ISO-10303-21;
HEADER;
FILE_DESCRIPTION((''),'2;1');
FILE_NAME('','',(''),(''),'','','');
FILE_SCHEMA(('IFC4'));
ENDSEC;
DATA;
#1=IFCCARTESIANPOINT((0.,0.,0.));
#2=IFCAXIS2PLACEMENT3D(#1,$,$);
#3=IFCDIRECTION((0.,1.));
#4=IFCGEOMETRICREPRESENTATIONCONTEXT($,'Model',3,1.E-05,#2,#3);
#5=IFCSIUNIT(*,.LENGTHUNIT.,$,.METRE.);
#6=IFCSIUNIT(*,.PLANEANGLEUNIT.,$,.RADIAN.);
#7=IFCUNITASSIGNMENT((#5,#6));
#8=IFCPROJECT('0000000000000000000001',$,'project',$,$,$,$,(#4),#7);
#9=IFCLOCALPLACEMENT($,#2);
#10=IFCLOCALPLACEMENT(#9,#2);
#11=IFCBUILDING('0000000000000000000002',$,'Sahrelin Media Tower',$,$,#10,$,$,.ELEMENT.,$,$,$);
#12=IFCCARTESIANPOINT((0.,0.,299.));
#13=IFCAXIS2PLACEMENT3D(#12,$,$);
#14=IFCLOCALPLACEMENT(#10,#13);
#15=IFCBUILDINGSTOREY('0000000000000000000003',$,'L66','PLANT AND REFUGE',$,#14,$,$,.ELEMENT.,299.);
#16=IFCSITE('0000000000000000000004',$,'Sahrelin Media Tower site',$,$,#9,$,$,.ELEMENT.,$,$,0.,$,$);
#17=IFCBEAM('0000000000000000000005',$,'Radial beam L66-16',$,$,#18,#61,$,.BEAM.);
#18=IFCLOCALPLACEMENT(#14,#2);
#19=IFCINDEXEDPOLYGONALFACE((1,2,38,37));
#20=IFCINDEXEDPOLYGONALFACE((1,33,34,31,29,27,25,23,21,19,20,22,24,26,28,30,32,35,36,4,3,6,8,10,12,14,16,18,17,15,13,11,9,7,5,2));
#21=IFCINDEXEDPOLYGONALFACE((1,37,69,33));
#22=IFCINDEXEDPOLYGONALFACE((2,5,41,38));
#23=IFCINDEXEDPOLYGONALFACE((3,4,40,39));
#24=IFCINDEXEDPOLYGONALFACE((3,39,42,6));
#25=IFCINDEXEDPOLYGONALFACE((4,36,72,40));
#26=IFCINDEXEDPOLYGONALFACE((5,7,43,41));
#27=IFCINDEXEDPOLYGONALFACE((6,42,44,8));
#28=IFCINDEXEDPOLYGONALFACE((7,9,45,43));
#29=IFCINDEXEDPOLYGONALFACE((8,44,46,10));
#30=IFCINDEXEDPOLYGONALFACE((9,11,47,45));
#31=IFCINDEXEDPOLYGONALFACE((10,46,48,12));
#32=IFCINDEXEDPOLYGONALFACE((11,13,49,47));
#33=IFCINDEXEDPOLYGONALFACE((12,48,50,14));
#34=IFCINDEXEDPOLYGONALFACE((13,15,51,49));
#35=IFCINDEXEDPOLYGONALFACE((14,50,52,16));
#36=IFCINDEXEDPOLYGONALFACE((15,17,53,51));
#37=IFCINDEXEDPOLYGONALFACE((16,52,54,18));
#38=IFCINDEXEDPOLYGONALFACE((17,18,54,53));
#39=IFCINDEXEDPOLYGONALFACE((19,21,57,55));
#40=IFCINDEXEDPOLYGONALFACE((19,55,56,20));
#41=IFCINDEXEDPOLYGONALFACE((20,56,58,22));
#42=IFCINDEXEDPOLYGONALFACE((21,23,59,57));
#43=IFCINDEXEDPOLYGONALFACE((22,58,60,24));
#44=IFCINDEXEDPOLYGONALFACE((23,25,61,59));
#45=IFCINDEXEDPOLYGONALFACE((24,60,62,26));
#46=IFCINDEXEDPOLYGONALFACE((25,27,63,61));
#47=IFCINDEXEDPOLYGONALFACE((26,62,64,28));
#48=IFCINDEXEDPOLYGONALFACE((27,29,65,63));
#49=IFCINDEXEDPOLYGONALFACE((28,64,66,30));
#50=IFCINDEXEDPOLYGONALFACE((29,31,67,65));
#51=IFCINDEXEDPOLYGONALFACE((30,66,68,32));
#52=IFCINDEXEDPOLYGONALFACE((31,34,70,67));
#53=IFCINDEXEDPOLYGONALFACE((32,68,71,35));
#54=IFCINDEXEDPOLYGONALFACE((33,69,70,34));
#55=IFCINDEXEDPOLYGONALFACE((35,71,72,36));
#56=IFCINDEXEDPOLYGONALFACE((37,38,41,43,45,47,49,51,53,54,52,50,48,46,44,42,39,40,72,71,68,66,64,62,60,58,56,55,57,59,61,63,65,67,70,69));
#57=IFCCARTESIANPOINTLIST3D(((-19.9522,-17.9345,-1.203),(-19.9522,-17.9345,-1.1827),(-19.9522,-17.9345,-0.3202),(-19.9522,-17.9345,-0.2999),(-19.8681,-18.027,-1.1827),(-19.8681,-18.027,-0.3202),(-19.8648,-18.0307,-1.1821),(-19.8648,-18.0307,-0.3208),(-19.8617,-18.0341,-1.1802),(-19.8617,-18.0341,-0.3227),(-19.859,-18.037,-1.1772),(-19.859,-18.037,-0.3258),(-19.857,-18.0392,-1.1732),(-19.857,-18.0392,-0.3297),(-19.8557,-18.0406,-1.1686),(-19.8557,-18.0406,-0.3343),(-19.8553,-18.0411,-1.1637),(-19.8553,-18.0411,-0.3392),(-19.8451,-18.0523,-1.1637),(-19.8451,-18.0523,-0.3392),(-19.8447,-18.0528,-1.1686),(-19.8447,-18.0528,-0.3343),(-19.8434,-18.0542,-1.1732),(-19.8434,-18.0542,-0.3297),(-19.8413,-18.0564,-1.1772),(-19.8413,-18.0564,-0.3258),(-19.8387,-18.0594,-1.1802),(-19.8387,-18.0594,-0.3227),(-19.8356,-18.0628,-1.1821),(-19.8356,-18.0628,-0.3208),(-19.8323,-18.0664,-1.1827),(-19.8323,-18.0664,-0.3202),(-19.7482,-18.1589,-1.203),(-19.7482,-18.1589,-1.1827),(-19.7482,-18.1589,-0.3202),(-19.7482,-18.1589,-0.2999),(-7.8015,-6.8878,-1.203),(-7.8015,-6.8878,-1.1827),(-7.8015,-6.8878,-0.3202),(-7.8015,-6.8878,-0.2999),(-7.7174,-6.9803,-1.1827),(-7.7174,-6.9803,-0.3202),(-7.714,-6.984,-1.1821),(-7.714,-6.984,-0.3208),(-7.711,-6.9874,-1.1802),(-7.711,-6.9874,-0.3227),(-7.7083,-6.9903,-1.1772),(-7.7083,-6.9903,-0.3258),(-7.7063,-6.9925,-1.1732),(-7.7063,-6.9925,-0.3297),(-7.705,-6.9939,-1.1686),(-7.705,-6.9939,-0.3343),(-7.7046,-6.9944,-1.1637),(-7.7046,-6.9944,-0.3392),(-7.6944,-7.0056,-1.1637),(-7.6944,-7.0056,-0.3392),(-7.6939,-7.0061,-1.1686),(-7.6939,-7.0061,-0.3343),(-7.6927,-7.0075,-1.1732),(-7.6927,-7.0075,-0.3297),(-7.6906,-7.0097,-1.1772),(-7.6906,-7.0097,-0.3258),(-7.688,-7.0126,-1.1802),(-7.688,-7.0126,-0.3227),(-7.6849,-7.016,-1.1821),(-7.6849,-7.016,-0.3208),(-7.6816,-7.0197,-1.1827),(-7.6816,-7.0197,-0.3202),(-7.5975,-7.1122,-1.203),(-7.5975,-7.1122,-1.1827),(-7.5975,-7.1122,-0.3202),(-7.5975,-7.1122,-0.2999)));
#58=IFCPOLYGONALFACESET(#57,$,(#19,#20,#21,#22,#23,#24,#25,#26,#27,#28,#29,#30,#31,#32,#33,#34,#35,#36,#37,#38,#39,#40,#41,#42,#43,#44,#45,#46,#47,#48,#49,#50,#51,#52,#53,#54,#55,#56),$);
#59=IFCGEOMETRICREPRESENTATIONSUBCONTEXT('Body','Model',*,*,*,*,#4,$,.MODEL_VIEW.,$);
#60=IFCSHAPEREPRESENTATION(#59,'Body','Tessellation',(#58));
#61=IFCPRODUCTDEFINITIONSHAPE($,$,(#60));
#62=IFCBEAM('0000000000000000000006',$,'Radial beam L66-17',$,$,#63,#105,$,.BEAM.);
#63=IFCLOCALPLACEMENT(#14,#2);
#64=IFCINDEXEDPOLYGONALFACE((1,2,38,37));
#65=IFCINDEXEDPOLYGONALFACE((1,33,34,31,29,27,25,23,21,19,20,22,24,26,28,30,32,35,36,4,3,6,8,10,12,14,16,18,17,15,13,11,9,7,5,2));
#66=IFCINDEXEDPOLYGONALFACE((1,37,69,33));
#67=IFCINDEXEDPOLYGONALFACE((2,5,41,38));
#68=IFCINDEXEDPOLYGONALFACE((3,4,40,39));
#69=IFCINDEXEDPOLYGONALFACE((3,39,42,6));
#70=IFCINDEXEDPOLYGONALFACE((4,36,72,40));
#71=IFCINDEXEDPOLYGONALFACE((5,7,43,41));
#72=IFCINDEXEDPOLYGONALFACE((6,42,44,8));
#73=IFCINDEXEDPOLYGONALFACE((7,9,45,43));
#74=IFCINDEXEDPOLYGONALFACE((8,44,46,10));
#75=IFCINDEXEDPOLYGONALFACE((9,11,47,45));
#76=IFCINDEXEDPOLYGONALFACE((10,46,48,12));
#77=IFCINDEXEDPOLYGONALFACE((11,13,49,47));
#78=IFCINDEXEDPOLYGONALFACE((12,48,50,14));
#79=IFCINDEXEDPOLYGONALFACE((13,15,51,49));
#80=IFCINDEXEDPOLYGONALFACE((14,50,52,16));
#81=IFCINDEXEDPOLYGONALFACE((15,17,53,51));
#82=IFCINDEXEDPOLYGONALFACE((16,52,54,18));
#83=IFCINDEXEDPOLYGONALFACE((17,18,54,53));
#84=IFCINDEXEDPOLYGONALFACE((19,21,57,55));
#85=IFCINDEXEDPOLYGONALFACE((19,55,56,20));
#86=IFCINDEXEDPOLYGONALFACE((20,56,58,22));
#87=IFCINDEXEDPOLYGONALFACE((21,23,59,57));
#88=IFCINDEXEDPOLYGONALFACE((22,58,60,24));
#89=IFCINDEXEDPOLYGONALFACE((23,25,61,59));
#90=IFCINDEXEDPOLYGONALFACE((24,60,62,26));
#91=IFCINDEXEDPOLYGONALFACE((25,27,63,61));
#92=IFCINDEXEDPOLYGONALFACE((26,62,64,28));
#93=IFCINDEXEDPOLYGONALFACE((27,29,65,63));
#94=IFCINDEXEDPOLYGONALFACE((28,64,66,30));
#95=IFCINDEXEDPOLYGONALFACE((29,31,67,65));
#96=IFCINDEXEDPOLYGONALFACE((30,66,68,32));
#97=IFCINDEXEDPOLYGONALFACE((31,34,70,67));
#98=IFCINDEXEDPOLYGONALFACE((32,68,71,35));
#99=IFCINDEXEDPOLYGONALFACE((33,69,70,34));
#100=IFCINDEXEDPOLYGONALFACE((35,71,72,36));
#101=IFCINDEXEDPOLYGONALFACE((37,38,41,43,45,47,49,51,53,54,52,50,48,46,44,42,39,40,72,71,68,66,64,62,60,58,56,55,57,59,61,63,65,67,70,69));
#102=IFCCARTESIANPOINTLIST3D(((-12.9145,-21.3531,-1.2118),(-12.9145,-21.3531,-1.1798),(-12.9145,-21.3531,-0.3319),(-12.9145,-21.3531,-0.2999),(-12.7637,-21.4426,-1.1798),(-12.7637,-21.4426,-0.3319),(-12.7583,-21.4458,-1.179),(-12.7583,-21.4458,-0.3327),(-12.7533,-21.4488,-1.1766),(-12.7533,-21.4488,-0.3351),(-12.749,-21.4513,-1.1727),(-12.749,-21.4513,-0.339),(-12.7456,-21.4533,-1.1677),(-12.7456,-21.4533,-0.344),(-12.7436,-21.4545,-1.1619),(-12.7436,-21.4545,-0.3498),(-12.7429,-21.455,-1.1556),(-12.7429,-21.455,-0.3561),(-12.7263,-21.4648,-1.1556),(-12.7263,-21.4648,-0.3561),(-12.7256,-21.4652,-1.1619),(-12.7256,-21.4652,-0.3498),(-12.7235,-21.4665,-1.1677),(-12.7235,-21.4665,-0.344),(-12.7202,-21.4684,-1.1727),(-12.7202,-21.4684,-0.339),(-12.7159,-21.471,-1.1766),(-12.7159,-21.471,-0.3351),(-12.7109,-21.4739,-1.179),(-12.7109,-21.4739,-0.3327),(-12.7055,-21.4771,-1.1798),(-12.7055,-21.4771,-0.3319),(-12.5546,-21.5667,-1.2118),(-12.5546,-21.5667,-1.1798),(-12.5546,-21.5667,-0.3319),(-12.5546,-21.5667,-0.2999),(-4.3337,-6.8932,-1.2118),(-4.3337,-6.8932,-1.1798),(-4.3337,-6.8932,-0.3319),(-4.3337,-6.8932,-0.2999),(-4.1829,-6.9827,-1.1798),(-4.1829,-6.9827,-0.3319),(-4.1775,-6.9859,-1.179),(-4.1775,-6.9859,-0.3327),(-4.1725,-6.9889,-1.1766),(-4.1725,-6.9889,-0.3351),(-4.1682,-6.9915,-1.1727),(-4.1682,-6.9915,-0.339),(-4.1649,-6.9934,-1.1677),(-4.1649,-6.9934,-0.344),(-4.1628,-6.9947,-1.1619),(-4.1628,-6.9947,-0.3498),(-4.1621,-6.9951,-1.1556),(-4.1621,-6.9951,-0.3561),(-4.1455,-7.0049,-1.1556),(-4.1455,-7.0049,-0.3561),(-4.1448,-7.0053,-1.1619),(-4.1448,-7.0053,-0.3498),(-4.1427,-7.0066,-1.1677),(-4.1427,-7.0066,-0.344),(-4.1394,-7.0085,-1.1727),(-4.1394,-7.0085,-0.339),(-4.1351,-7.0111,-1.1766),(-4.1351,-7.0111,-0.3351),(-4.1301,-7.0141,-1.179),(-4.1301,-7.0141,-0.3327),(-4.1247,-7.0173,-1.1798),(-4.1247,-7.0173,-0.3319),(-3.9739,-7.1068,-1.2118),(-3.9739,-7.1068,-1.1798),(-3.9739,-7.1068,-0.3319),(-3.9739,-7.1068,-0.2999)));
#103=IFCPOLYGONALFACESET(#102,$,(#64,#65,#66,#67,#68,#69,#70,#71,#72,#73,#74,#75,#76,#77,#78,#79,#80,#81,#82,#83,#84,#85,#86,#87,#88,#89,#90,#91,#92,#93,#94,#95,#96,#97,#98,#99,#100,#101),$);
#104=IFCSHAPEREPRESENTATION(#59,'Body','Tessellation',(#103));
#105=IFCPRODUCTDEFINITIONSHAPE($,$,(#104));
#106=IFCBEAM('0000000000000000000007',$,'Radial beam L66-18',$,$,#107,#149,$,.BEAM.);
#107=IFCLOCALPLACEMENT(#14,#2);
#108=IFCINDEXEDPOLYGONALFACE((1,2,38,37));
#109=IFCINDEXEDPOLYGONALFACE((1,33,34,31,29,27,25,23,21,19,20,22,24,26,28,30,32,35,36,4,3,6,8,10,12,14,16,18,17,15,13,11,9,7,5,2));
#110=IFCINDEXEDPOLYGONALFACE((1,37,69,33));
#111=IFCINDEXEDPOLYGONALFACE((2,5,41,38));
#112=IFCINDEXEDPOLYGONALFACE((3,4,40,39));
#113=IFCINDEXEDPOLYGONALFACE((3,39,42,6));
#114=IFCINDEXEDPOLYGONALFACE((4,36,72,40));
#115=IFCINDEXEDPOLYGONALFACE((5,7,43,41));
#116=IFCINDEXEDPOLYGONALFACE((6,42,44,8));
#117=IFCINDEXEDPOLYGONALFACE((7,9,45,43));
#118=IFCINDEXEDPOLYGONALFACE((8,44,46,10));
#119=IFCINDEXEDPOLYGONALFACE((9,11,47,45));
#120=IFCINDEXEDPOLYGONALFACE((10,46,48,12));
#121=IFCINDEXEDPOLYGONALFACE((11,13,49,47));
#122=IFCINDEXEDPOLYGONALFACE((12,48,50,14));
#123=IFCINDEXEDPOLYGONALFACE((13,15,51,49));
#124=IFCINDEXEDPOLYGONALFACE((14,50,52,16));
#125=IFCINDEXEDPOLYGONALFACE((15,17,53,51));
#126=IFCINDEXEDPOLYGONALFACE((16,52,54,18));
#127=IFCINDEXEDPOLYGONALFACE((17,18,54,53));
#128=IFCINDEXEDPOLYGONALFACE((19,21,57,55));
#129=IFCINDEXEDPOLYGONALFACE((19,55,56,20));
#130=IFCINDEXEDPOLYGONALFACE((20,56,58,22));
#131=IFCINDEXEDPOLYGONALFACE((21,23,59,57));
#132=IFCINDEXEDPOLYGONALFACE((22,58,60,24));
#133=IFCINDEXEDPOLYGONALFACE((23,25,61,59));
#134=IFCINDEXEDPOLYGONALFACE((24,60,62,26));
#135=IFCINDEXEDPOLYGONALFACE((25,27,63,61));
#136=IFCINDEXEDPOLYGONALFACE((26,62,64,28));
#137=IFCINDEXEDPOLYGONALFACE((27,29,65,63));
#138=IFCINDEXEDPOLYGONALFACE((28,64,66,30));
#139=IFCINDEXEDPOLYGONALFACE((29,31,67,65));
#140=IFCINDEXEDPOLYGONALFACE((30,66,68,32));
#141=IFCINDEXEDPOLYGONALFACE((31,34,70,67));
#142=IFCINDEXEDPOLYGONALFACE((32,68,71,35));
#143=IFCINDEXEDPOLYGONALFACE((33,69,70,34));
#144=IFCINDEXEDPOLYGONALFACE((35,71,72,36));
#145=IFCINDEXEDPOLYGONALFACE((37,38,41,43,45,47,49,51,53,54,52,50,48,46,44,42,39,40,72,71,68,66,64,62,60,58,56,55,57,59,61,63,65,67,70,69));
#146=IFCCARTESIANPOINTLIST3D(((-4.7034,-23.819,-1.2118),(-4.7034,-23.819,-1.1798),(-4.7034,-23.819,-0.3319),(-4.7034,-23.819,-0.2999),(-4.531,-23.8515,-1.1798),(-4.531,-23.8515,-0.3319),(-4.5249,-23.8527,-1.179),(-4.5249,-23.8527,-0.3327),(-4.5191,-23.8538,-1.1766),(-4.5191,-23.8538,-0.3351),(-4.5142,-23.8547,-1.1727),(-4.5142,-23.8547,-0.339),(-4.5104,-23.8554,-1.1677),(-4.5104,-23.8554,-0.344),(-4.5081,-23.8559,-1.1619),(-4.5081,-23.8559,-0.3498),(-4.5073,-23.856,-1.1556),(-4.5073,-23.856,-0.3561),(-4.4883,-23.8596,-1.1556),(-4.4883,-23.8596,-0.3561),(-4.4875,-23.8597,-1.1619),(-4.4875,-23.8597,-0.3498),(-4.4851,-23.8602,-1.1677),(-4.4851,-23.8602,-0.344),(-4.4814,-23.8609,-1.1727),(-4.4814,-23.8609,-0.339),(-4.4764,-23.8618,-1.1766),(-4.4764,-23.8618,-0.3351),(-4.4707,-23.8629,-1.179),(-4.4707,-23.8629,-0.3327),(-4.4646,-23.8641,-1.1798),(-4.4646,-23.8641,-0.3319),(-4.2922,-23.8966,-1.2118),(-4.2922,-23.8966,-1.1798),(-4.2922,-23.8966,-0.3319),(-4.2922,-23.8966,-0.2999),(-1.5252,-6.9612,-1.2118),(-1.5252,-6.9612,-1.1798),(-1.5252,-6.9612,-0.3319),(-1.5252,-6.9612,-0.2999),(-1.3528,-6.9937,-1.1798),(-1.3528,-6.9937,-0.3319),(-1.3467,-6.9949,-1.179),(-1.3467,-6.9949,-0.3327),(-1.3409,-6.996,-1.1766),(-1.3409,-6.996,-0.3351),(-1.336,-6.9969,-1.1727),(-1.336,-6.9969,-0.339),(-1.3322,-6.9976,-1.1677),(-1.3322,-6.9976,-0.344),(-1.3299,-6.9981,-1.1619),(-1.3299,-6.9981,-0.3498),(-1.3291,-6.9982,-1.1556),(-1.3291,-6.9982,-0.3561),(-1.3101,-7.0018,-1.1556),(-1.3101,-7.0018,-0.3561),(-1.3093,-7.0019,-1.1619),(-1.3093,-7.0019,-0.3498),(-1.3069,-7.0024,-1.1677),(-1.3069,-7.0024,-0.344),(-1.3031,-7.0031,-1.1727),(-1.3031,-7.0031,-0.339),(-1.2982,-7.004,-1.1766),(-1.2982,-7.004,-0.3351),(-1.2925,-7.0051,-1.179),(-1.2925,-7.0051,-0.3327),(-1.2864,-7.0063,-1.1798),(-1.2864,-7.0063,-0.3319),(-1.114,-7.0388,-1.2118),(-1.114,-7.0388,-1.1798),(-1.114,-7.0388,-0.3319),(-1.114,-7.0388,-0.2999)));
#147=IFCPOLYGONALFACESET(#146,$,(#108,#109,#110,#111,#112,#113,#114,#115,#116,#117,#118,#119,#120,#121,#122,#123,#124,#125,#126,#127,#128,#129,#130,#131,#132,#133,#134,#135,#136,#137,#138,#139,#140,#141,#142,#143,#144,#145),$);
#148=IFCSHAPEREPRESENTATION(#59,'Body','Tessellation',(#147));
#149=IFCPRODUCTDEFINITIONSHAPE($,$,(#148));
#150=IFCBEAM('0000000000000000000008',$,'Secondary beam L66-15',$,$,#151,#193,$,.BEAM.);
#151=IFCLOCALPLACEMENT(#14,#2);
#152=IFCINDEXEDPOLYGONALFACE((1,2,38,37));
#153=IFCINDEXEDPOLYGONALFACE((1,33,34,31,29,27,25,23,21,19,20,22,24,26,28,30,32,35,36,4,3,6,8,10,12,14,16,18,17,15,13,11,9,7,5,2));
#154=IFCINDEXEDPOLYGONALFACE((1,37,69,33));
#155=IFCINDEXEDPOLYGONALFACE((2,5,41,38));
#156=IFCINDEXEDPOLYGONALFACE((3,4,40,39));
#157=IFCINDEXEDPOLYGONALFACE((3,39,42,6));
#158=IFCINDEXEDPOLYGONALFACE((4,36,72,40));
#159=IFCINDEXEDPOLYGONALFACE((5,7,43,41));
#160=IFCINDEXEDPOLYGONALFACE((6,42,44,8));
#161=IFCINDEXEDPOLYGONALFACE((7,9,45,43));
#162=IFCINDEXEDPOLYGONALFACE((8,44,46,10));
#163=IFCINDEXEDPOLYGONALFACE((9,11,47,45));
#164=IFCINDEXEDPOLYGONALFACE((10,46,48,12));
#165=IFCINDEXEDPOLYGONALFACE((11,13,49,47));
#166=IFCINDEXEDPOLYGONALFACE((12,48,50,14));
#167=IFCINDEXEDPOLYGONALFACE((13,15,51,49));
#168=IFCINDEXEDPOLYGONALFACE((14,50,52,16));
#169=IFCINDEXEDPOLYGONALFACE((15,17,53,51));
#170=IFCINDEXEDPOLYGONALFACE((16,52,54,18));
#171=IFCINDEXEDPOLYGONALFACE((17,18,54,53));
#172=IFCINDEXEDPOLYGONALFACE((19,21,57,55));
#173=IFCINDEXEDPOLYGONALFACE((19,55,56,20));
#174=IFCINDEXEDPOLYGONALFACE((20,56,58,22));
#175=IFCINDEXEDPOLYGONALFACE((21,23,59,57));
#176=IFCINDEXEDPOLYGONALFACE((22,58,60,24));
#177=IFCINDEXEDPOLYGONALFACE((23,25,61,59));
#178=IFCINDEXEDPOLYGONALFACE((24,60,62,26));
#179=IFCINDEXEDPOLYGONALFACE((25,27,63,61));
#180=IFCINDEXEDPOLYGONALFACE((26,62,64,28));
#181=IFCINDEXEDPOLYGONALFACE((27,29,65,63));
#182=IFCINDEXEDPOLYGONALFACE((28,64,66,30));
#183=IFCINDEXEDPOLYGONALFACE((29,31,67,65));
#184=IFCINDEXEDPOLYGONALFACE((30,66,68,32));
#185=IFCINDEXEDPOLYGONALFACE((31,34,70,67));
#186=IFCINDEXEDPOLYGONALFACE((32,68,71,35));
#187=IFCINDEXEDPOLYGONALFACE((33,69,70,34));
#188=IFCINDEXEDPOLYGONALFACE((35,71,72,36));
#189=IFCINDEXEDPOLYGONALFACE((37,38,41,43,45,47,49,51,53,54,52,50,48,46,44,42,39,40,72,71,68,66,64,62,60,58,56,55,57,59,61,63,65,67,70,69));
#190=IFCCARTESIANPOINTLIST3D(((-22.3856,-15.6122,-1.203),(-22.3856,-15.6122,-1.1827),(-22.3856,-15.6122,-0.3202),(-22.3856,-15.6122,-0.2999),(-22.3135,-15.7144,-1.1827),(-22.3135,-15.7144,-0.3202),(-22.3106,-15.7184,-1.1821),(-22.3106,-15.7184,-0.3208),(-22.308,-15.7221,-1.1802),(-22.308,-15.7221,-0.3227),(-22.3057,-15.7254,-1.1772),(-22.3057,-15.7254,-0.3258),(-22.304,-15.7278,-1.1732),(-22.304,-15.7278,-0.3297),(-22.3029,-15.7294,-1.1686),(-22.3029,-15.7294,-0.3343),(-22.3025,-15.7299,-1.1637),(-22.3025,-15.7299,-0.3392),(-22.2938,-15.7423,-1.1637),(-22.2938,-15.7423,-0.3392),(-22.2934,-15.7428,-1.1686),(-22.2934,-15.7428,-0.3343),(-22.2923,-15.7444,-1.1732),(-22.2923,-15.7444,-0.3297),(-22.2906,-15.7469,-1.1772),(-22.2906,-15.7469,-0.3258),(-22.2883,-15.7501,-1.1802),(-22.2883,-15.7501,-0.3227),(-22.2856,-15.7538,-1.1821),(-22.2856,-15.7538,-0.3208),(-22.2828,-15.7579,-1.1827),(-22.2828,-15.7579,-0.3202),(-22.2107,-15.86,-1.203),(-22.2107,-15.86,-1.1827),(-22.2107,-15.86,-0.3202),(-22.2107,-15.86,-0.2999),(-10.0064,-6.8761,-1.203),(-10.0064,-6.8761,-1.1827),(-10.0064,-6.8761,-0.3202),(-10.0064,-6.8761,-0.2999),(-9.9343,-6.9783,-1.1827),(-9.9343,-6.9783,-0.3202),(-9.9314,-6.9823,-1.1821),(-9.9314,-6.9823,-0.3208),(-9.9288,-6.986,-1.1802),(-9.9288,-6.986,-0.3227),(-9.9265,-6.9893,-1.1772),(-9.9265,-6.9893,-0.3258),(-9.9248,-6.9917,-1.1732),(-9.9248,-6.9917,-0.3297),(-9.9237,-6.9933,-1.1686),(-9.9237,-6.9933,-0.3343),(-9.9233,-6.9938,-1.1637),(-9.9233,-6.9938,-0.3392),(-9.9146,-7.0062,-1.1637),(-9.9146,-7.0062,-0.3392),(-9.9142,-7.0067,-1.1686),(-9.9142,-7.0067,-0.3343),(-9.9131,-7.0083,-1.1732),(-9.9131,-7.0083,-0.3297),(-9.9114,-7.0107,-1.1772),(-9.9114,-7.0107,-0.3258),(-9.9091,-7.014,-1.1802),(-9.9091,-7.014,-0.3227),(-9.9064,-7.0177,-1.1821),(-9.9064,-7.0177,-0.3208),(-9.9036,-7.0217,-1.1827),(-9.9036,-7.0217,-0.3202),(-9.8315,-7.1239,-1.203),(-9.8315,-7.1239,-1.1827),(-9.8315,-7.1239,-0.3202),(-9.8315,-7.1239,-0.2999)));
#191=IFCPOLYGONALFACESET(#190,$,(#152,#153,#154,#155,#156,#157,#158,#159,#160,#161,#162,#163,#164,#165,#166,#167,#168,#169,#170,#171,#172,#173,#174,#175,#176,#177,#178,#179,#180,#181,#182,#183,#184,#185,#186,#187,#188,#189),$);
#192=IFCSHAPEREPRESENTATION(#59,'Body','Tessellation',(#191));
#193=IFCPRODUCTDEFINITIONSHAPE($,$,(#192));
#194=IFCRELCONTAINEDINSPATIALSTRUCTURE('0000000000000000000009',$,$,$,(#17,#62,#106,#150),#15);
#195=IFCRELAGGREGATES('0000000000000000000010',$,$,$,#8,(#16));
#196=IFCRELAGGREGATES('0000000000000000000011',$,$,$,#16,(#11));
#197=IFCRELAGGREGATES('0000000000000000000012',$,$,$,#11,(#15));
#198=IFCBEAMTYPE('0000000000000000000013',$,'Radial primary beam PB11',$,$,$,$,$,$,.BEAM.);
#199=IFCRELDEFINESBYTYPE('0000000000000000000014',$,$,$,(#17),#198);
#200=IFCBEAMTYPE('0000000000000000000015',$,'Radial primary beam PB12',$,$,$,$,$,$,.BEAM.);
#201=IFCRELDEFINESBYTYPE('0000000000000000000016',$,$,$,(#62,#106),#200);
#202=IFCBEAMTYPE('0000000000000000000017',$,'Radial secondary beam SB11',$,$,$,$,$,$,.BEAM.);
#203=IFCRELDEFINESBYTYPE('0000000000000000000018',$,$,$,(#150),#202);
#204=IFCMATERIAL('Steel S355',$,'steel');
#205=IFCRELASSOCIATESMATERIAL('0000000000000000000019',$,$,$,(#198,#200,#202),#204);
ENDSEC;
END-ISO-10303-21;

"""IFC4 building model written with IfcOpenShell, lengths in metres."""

from ifc_helpers import new_model, si_unit, direction, frame, origin, origin_2d, place, context, subcontext, project, spatial, i_section, extrude, material, material_profile, profile_set, type_object, element, save


model = new_model("IFC4")

# Units and contexts
model_context = context("Model", 3, precision=1e-05, world=origin(), true_north=direction((0.0, 1.0)))
body_context = subcontext(model_context, "Body", "Model", "MODEL_VIEW")
ifc_project = project(units=[si_unit("LENGTHUNIT", "METRE"), si_unit("PLANEANGLEUNIT", "RADIAN")], contexts=[model_context])

# Site, building, storey
site_placement = place(None, origin())
site = spatial("IfcSite", under=ifc_project, at=site_placement, Name="Sahrelin Media Tower site", CompositionType="ELEMENT", RefElevation=0.0)
building_placement = place(site_placement, origin())
building = spatial("IfcBuilding", under=site, at=building_placement, Name="Sahrelin Media Tower", CompositionType="ELEMENT")
storey_placement = place(building_placement, frame((0.0, 0.0, 299.0)))
storey = spatial("IfcBuildingStorey", under=building, at=storey_placement, Name="L66", Description="PLANT AND REFUGE", CompositionType="ELEMENT", Elevation=299.0)

# Beams
ifc_material_1 = material(Name="Steel S355", Category="steel")
ifc_material_profile_1 = material_profile(ifc_material_1, i_section(OverallWidth=0.3032, OverallDepth=0.9031, WebThickness=0.0151, FlangeThickness=0.0203, FilletRadius=0.019, at=origin_2d()), Name="UB 914x305x201")
ifc_profile_set_1 = profile_set([ifc_material_profile_1], Name="Steel S355")
beam_type_1 = type_object("IfcBeamType", Name="Radial primary beam PB11", PredefinedType="BEAM", material=ifc_profile_set_1)
beam_1_placement = place(storey_placement, frame((-7.6995, -7.0, -0.7515), z_axis=(-0.739922, -0.672693, 0.0), x_axis=(0.672693, -0.739922, 0.0)))
element("IfcBeam", 1, at=beam_1_placement, inside=storey, type_object=beam_type_1, Name="Radial beam L66-16", PredefinedType="BEAM", context=body_context, shape_type="SweptSolid", body=[
    extrude(i_section(OverallWidth=0.3032, OverallDepth=0.9031, WebThickness=0.0151, FlangeThickness=0.0203, FilletRadius=0.019, at=origin_2d()), origin(), (0.0, 0.0, 1.0), 16.4216),
])
ifc_material_profile_2 = material_profile(ifc_material_1, i_section(OverallWidth=0.4185, OverallDepth=0.9119, WebThickness=0.0193, FlangeThickness=0.032, FilletRadius=0.0242, at=origin_2d()), Name="UB 914x419x343")
ifc_profile_set_2 = profile_set([ifc_material_profile_2], Name="Steel S355")
beam_type_2 = type_object("IfcBeamType", Name="Radial primary beam PB12", PredefinedType="BEAM", material=ifc_profile_set_2)
beam_2_placement = place(storey_placement, frame((-4.1538, -7.0, -0.7559), z_axis=(-0.510328, -0.85998, 0.0), x_axis=(0.85998, -0.510328, 0.0)))
element("IfcBeam", 2, at=beam_2_placement, inside=storey, type_object=beam_type_2, Name="Radial beam L66-17", PredefinedType="BEAM", context=body_context, shape_type="SweptSolid", body=[
    extrude(i_section(OverallWidth=0.4185, OverallDepth=0.9119, WebThickness=0.0193, FlangeThickness=0.032, FilletRadius=0.0242, at=origin_2d()), origin(), (0.0, 0.0, 1.0), 16.8142),
])
beam_3_placement = place(storey_placement, frame((-1.3196, -7.0, -0.7559), z_axis=(-0.185266, -0.982688, 0.0), x_axis=(0.982688, -0.185266, 0.0)))
element("IfcBeam", 3, at=beam_3_placement, inside=storey, type_object=beam_type_2, Name="Radial beam L66-18", PredefinedType="BEAM", context=body_context, shape_type="SweptSolid", body=[
    extrude(i_section(OverallWidth=0.4185, OverallDepth=0.9119, WebThickness=0.0193, FlangeThickness=0.032, FilletRadius=0.0242, at=origin_2d()), origin(), (0.0, 0.0, 1.0), 17.1548),
])
ifc_material_profile_3 = material_profile(ifc_material_1, i_section(OverallWidth=0.3032, OverallDepth=0.9031, WebThickness=0.0151, FlangeThickness=0.0203, FilletRadius=0.019, at=origin_2d()), Name="UB 914x305x201")
ifc_profile_set_3 = profile_set([ifc_material_profile_3], Name="Steel S355")
beam_type_3 = type_object("IfcBeamType", Name="Radial secondary beam SB11", PredefinedType="BEAM", material=ifc_profile_set_3)
beam_4_placement = place(storey_placement, frame((-9.9189, -7.0, -0.7515), z_axis=(-0.817034, -0.576589, 0.0), x_axis=(0.576589, -0.817034, 0.0)))
element("IfcBeam", 4, at=beam_4_placement, inside=storey, type_object=beam_type_3, Name="Secondary beam L66-15", PredefinedType="BEAM", context=body_context, shape_type="SweptSolid", body=[
    extrude(i_section(OverallWidth=0.3032, OverallDepth=0.9031, WebThickness=0.0151, FlangeThickness=0.0203, FilletRadius=0.019, at=origin_2d()), origin(), (0.0, 0.0, 1.0), 15.1514),
])

save(model, "model.ifc")
